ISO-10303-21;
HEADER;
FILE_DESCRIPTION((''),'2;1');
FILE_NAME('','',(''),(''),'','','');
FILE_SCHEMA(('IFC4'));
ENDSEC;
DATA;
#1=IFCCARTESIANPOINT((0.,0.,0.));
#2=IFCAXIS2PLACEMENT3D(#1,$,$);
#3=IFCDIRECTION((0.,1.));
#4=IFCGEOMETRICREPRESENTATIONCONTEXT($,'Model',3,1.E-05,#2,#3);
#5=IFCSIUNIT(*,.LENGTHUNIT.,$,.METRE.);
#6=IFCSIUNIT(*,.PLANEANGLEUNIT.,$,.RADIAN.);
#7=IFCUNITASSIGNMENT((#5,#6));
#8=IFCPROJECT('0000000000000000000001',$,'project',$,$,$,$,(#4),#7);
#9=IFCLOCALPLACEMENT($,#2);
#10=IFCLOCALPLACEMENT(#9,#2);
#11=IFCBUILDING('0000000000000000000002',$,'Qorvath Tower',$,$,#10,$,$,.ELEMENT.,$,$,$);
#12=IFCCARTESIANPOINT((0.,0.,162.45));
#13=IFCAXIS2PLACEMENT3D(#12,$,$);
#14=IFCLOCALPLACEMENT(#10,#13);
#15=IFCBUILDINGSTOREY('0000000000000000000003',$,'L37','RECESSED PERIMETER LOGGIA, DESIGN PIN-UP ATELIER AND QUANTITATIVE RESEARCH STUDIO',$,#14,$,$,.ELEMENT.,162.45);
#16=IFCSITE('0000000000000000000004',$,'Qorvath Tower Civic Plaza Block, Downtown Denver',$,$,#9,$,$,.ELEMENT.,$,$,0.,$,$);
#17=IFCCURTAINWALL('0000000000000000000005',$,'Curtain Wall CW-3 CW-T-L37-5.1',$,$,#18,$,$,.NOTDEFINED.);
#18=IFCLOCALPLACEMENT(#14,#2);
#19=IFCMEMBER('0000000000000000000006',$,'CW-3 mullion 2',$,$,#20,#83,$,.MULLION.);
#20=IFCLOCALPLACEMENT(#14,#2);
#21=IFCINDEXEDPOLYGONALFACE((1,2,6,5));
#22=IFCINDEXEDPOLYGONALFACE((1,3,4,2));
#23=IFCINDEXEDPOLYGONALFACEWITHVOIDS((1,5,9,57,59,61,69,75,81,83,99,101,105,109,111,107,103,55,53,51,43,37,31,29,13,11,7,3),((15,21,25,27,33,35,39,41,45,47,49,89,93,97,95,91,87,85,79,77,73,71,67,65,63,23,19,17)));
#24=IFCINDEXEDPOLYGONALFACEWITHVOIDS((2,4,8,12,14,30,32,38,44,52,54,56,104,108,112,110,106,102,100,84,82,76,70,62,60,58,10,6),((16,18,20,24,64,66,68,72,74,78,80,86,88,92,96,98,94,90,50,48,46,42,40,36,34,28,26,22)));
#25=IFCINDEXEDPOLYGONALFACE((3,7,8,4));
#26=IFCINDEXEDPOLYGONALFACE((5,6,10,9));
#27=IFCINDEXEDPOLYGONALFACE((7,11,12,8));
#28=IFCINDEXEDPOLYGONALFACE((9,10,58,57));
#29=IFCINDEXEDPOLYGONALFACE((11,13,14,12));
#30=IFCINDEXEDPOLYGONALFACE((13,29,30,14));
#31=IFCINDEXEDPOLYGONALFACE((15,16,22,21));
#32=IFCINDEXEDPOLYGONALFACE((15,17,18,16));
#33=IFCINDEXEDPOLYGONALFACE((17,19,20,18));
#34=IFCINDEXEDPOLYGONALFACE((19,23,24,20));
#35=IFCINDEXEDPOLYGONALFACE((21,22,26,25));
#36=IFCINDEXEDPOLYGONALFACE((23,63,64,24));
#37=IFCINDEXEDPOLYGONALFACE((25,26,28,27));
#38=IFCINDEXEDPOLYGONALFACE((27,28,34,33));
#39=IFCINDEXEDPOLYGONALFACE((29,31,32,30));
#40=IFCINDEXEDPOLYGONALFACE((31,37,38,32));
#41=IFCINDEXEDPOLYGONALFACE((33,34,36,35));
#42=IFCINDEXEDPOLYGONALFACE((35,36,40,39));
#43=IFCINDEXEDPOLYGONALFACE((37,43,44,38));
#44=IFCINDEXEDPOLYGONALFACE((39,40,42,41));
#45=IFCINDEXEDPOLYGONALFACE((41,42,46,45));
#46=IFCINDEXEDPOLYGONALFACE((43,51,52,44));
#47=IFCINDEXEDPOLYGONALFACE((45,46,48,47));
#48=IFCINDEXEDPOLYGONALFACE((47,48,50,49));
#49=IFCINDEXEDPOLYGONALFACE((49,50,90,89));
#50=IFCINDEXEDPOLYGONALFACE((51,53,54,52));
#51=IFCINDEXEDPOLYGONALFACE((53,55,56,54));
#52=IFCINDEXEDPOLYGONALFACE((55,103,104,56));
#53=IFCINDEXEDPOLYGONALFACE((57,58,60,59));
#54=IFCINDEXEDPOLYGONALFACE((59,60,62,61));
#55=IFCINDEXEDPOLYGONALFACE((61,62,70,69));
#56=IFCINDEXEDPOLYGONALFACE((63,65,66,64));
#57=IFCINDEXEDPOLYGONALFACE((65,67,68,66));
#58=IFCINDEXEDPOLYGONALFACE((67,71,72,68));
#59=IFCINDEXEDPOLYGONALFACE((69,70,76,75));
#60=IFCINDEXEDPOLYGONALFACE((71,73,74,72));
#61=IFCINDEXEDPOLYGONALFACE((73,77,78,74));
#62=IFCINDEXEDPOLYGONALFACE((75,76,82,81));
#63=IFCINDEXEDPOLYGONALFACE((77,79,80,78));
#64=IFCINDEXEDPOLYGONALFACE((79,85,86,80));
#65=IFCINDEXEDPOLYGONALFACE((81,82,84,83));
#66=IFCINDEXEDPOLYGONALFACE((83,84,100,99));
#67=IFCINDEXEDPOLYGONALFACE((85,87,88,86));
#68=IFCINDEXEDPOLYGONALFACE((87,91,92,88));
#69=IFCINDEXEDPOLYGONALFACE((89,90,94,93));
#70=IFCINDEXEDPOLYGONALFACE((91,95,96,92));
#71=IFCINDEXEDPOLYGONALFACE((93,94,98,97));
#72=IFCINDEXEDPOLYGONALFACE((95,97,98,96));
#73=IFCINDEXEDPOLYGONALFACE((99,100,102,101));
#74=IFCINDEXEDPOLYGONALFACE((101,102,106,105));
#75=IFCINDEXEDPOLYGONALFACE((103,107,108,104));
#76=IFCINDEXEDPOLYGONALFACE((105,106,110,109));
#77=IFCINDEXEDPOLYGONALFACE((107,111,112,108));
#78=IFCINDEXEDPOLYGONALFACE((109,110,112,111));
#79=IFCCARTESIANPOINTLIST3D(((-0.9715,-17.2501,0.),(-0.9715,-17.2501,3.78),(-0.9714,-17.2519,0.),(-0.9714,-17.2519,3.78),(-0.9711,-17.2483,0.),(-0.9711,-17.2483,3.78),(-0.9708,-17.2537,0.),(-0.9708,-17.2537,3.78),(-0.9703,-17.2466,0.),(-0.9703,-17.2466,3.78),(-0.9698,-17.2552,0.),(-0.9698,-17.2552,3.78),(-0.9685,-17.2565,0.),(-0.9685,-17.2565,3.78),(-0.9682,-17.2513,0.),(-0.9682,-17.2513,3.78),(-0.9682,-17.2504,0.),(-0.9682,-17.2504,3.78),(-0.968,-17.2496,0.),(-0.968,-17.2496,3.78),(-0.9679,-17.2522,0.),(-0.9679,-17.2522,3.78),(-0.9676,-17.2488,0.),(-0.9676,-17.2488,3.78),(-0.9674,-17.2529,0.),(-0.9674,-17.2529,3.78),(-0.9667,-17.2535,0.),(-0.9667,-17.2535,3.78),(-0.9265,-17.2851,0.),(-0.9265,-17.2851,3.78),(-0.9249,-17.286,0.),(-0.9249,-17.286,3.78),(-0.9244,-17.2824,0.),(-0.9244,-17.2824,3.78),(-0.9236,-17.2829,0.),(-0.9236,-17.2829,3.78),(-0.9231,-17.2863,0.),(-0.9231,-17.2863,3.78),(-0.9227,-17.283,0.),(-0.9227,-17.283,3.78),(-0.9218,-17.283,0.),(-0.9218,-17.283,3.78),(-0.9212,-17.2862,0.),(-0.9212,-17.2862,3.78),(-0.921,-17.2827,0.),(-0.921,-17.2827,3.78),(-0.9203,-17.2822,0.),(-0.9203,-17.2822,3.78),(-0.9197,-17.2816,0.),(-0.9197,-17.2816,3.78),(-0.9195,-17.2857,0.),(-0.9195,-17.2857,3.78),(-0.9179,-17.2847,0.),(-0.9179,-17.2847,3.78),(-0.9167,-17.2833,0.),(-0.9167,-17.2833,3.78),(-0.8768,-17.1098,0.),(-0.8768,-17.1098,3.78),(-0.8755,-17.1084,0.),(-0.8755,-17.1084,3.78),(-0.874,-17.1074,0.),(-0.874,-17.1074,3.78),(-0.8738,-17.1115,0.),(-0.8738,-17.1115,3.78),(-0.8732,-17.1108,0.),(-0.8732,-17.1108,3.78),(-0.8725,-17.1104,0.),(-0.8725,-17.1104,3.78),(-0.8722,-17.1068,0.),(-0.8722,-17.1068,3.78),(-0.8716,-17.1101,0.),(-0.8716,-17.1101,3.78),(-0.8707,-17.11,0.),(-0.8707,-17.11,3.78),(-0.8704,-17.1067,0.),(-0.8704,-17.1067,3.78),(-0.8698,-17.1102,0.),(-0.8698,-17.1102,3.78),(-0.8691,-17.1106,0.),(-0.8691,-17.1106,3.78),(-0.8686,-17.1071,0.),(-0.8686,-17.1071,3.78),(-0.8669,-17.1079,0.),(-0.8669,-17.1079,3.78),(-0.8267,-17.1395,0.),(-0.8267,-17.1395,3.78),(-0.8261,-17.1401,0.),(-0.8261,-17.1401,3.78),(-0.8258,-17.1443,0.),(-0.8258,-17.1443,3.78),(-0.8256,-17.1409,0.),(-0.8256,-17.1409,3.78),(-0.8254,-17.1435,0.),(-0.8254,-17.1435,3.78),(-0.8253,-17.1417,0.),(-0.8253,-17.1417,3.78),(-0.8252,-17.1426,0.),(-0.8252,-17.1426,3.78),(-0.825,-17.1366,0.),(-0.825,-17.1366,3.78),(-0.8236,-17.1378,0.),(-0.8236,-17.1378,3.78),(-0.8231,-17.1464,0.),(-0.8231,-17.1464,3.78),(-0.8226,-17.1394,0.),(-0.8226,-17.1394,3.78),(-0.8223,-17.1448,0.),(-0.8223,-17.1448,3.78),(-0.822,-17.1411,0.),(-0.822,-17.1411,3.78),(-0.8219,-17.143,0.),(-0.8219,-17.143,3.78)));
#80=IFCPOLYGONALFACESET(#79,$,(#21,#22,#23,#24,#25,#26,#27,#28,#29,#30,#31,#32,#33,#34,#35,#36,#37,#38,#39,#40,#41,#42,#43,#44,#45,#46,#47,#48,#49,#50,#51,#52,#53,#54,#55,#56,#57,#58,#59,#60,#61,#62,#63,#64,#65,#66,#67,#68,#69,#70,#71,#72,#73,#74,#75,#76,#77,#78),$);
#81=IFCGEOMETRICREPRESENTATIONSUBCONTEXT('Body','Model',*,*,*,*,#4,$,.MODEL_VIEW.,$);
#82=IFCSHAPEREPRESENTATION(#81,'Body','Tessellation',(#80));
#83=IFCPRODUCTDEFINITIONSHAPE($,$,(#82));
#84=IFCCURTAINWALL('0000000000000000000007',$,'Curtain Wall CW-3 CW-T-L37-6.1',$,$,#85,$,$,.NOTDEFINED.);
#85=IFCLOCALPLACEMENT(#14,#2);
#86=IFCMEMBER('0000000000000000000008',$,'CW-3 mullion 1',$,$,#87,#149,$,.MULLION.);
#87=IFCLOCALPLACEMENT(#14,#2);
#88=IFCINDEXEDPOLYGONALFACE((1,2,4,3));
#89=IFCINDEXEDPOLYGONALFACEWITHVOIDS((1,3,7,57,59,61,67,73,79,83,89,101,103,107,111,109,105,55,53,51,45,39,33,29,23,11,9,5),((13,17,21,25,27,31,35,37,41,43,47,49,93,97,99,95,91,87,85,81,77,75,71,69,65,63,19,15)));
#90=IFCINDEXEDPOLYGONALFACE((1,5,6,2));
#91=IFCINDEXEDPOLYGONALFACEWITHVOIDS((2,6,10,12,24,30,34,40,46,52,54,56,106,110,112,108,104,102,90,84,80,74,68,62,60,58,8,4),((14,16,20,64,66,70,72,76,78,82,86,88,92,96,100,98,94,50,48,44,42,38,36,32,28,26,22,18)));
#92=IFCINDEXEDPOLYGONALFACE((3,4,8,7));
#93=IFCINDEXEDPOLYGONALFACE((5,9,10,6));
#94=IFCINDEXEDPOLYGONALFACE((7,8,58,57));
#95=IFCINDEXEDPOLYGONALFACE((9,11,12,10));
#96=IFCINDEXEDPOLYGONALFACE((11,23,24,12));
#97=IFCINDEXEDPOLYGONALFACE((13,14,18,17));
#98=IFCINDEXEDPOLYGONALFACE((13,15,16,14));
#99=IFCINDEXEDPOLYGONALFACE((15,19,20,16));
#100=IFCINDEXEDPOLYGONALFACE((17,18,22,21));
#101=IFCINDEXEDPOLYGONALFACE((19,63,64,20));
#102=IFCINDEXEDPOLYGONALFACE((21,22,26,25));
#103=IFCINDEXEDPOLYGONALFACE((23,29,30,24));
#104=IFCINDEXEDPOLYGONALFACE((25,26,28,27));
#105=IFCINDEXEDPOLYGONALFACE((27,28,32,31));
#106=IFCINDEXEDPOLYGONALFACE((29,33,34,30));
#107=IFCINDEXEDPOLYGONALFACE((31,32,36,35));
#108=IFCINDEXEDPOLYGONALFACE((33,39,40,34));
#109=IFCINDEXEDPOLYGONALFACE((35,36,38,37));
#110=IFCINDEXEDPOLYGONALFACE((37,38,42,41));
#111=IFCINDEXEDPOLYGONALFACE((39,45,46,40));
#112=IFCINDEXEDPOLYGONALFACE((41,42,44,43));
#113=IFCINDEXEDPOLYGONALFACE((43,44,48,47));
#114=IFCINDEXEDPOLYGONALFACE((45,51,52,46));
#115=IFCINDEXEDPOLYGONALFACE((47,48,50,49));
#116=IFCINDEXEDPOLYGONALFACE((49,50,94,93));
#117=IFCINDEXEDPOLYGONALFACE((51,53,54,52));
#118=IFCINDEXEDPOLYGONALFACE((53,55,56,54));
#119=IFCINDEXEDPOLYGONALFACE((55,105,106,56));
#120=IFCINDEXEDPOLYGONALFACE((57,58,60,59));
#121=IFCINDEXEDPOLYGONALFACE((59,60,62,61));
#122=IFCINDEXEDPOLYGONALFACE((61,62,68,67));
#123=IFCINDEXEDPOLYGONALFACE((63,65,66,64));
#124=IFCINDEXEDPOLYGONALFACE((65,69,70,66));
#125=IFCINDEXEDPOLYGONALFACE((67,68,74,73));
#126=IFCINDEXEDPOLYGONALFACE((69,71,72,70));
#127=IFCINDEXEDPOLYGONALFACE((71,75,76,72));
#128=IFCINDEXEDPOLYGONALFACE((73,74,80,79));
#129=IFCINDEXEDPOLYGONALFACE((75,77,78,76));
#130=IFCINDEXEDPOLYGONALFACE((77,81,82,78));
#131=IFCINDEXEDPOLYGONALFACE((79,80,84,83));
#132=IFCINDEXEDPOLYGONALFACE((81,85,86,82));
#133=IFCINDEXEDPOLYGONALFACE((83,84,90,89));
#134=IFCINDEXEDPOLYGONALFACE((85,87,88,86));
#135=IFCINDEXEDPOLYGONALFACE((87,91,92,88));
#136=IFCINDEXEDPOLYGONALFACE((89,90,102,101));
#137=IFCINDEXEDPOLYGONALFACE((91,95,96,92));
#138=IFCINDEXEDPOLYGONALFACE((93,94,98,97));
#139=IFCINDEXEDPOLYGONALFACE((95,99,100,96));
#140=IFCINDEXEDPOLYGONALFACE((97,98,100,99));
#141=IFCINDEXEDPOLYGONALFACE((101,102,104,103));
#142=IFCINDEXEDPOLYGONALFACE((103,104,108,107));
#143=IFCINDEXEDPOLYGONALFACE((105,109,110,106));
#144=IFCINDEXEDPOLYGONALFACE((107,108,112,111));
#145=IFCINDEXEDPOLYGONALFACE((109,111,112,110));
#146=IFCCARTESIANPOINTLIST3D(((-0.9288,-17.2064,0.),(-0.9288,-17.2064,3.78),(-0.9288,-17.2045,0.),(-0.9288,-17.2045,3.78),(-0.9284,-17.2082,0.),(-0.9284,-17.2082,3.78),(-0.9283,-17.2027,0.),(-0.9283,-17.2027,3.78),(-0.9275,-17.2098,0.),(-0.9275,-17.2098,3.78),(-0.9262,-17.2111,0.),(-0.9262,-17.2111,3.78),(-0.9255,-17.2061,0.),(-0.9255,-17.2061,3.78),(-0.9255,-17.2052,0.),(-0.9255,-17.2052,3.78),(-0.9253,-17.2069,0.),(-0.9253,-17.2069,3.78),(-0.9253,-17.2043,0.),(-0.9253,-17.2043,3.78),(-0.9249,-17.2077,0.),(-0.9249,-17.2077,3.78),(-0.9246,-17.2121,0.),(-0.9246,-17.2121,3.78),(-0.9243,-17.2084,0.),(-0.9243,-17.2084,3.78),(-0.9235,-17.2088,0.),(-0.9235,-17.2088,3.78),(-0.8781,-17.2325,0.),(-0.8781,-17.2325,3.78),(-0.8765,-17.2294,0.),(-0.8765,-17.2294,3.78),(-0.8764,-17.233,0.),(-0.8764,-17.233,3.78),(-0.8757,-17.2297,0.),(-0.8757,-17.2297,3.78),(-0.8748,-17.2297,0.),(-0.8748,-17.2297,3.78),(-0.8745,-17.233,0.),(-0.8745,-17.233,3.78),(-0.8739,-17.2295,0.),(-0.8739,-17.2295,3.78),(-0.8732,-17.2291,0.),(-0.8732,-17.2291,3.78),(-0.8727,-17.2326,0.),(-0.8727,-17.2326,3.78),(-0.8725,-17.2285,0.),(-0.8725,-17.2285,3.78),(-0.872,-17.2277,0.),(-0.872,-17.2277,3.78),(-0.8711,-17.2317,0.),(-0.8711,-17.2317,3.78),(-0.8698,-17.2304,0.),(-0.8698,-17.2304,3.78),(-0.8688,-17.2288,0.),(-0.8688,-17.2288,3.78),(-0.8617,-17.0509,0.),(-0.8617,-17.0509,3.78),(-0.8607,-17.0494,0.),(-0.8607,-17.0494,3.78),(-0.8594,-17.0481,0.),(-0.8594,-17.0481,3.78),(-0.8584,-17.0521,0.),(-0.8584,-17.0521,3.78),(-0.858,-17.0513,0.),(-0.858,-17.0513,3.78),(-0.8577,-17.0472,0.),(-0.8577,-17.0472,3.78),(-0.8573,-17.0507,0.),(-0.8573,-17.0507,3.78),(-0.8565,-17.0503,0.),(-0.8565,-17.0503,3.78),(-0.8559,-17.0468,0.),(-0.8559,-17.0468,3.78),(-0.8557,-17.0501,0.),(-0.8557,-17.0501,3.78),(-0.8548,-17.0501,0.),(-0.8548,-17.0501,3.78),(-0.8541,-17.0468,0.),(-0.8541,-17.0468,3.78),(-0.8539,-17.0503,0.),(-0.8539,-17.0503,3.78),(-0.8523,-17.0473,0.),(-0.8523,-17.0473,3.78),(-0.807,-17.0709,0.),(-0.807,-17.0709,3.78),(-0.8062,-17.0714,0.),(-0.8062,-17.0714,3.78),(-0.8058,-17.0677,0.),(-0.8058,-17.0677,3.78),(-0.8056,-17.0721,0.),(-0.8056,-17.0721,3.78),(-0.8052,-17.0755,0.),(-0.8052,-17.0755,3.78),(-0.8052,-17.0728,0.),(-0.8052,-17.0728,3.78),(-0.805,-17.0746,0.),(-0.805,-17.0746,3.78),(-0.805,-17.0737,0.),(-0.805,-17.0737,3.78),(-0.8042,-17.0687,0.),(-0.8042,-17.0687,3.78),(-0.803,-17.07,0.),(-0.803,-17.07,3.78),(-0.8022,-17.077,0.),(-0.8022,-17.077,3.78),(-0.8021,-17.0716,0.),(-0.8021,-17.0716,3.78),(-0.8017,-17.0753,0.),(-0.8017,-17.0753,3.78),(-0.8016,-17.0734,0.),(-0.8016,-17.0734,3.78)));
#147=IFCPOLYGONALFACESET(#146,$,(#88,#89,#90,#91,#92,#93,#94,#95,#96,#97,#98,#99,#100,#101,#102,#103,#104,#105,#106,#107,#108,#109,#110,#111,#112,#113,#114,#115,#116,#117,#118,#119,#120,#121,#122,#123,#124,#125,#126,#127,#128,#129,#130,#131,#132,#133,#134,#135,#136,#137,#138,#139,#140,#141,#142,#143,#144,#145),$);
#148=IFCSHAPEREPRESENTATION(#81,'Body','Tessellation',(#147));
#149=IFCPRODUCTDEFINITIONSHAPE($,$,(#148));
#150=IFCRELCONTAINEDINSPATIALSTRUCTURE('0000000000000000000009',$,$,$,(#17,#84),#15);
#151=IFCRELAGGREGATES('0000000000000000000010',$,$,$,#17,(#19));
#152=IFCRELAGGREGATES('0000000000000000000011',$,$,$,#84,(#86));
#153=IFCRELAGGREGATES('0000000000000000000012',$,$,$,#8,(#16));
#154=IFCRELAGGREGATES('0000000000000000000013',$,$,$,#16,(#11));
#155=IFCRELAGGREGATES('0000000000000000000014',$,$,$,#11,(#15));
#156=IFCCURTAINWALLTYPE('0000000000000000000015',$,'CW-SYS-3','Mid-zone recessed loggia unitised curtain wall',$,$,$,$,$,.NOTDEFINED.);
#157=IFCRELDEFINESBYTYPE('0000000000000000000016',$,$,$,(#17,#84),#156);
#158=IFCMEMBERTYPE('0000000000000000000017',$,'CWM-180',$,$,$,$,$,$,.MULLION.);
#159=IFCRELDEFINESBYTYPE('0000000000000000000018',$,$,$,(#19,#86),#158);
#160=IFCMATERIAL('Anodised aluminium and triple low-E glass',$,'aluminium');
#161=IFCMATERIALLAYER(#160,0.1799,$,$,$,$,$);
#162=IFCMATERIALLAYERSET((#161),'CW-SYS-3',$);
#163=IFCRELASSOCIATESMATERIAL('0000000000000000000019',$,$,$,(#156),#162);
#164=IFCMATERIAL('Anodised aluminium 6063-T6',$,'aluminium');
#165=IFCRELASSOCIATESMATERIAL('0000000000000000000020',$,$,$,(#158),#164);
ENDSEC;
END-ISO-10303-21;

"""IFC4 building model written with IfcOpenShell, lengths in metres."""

from ifc_helpers import new_model, si_unit, direction, frame, origin, origin_2d, place, context, subcontext, project, spatial, hollow_rectangle, extrude, material, layer, layer_set, material_profile, profile_set, type_object, element, aggregate, save


model = new_model("IFC4")

# Units and contexts
model_context = context("Model", 3, precision=1e-05, world=origin(), true_north=direction((0.0, 1.0)))
body_context = subcontext(model_context, "Body", "Model", "MODEL_VIEW")
ifc_project = project(units=[si_unit("LENGTHUNIT", "METRE"), si_unit("PLANEANGLEUNIT", "RADIAN")], contexts=[model_context])

# Site, building, storey
site_placement = place(None, origin())
site = spatial("IfcSite", under=ifc_project, at=site_placement, Name="Qorvath Tower Civic Plaza Block, Downtown Denver", CompositionType="ELEMENT", RefElevation=0.0)
building_placement = place(site_placement, origin())
building = spatial("IfcBuilding", under=site, at=building_placement, Name="Qorvath Tower", CompositionType="ELEMENT")
storey_placement = place(building_placement, frame((0.0, 0.0, 162.45)))
storey = spatial("IfcBuildingStorey", under=building, at=storey_placement, Name="L37", Description="RECESSED PERIMETER LOGGIA, DESIGN PIN-UP ATELIER AND QUANTITATIVE RESEARCH STUDIO", CompositionType="ELEMENT", Elevation=162.45)

# Shared definitions
ifc_material_1 = material(Name="Anodised aluminium and triple low-E glass", Category="aluminium")
ifc_layer_1 = layer(ifc_material_1, 0.1799)
ifc_layer_set_1 = layer_set([ifc_layer_1], Name="CW-SYS-3")
curtain_wall_type = type_object("IfcCurtainWallType", Name="CW-SYS-3", Description="Mid-zone recessed loggia unitised curtain wall", PredefinedType="NOTDEFINED", material=ifc_layer_set_1)
ifc_material_2 = material(Name="Anodised aluminium 6063-T6", Category="aluminium")
ifc_material_profile_1 = material_profile(ifc_material_2, hollow_rectangle(XDim=0.0649, YDim=0.1799, WallThickness=0.0034, InnerFilletRadius=0.0034, OuterFilletRadius=0.0071, at=origin_2d()), Name="CWM 180x65")
ifc_profile_set_1 = profile_set([ifc_material_profile_1], Name="Anodised aluminium 6063-T6")
member_type_1 = type_object("IfcMemberType", Name="CWM-180", PredefinedType="MULLION", material=ifc_profile_set_1)

# Curtain walls, members
curtain_wall_1_placement = place(storey_placement, origin())
curtain_wall_1 = element("IfcCurtainWall", 1, at=curtain_wall_1_placement, inside=storey, type_object=curtain_wall_type, Name="Curtain Wall CW-3 CW-T-L37-5.1", PredefinedType="NOTDEFINED")
member_1_placement = place(storey_placement, frame((-0.8967, -17.1965, 0.0), z_axis=(0.0, 0.0, 1.0), x_axis=(-0.82556, 0.564314, 0.0)))
member_1 = element("IfcMember", 2, at=member_1_placement, type_object=member_type_1, Name="CW-3 mullion 2", PredefinedType="MULLION", context=body_context, shape_type="SweptSolid", body=[
    extrude(hollow_rectangle(XDim=0.0649, YDim=0.1799, WallThickness=0.0034, InnerFilletRadius=0.0034, OuterFilletRadius=0.0071, at=origin_2d()), origin(), (0.0, 0.0, 1.0), 3.78),
])
curtain_wall_2_placement = place(storey_placement, origin())
curtain_wall_2 = element("IfcCurtainWall", 3, at=curtain_wall_2_placement, inside=storey, type_object=curtain_wall_type, Name="Curtain Wall CW-3 CW-T-L37-6.1", PredefinedType="NOTDEFINED")
member_2_placement = place(storey_placement, frame((-0.8652, -17.1399, 0.0), z_axis=(0.0, 0.0, 1.0), x_axis=(-0.915663, 0.401947, 0.0)))
member_2 = element("IfcMember", 4, at=member_2_placement, type_object=member_type_1, Name="CW-3 mullion 1", PredefinedType="MULLION", context=body_context, shape_type="SweptSolid", body=[
    extrude(hollow_rectangle(XDim=0.0649, YDim=0.1799, WallThickness=0.0034, InnerFilletRadius=0.0034, OuterFilletRadius=0.0071, at=origin_2d()), origin(), (0.0, 0.0, 1.0), 3.78),
])

aggregate(curtain_wall_1, [member_1])
aggregate(curtain_wall_2, [member_2])

save(model, "model.ifc")
